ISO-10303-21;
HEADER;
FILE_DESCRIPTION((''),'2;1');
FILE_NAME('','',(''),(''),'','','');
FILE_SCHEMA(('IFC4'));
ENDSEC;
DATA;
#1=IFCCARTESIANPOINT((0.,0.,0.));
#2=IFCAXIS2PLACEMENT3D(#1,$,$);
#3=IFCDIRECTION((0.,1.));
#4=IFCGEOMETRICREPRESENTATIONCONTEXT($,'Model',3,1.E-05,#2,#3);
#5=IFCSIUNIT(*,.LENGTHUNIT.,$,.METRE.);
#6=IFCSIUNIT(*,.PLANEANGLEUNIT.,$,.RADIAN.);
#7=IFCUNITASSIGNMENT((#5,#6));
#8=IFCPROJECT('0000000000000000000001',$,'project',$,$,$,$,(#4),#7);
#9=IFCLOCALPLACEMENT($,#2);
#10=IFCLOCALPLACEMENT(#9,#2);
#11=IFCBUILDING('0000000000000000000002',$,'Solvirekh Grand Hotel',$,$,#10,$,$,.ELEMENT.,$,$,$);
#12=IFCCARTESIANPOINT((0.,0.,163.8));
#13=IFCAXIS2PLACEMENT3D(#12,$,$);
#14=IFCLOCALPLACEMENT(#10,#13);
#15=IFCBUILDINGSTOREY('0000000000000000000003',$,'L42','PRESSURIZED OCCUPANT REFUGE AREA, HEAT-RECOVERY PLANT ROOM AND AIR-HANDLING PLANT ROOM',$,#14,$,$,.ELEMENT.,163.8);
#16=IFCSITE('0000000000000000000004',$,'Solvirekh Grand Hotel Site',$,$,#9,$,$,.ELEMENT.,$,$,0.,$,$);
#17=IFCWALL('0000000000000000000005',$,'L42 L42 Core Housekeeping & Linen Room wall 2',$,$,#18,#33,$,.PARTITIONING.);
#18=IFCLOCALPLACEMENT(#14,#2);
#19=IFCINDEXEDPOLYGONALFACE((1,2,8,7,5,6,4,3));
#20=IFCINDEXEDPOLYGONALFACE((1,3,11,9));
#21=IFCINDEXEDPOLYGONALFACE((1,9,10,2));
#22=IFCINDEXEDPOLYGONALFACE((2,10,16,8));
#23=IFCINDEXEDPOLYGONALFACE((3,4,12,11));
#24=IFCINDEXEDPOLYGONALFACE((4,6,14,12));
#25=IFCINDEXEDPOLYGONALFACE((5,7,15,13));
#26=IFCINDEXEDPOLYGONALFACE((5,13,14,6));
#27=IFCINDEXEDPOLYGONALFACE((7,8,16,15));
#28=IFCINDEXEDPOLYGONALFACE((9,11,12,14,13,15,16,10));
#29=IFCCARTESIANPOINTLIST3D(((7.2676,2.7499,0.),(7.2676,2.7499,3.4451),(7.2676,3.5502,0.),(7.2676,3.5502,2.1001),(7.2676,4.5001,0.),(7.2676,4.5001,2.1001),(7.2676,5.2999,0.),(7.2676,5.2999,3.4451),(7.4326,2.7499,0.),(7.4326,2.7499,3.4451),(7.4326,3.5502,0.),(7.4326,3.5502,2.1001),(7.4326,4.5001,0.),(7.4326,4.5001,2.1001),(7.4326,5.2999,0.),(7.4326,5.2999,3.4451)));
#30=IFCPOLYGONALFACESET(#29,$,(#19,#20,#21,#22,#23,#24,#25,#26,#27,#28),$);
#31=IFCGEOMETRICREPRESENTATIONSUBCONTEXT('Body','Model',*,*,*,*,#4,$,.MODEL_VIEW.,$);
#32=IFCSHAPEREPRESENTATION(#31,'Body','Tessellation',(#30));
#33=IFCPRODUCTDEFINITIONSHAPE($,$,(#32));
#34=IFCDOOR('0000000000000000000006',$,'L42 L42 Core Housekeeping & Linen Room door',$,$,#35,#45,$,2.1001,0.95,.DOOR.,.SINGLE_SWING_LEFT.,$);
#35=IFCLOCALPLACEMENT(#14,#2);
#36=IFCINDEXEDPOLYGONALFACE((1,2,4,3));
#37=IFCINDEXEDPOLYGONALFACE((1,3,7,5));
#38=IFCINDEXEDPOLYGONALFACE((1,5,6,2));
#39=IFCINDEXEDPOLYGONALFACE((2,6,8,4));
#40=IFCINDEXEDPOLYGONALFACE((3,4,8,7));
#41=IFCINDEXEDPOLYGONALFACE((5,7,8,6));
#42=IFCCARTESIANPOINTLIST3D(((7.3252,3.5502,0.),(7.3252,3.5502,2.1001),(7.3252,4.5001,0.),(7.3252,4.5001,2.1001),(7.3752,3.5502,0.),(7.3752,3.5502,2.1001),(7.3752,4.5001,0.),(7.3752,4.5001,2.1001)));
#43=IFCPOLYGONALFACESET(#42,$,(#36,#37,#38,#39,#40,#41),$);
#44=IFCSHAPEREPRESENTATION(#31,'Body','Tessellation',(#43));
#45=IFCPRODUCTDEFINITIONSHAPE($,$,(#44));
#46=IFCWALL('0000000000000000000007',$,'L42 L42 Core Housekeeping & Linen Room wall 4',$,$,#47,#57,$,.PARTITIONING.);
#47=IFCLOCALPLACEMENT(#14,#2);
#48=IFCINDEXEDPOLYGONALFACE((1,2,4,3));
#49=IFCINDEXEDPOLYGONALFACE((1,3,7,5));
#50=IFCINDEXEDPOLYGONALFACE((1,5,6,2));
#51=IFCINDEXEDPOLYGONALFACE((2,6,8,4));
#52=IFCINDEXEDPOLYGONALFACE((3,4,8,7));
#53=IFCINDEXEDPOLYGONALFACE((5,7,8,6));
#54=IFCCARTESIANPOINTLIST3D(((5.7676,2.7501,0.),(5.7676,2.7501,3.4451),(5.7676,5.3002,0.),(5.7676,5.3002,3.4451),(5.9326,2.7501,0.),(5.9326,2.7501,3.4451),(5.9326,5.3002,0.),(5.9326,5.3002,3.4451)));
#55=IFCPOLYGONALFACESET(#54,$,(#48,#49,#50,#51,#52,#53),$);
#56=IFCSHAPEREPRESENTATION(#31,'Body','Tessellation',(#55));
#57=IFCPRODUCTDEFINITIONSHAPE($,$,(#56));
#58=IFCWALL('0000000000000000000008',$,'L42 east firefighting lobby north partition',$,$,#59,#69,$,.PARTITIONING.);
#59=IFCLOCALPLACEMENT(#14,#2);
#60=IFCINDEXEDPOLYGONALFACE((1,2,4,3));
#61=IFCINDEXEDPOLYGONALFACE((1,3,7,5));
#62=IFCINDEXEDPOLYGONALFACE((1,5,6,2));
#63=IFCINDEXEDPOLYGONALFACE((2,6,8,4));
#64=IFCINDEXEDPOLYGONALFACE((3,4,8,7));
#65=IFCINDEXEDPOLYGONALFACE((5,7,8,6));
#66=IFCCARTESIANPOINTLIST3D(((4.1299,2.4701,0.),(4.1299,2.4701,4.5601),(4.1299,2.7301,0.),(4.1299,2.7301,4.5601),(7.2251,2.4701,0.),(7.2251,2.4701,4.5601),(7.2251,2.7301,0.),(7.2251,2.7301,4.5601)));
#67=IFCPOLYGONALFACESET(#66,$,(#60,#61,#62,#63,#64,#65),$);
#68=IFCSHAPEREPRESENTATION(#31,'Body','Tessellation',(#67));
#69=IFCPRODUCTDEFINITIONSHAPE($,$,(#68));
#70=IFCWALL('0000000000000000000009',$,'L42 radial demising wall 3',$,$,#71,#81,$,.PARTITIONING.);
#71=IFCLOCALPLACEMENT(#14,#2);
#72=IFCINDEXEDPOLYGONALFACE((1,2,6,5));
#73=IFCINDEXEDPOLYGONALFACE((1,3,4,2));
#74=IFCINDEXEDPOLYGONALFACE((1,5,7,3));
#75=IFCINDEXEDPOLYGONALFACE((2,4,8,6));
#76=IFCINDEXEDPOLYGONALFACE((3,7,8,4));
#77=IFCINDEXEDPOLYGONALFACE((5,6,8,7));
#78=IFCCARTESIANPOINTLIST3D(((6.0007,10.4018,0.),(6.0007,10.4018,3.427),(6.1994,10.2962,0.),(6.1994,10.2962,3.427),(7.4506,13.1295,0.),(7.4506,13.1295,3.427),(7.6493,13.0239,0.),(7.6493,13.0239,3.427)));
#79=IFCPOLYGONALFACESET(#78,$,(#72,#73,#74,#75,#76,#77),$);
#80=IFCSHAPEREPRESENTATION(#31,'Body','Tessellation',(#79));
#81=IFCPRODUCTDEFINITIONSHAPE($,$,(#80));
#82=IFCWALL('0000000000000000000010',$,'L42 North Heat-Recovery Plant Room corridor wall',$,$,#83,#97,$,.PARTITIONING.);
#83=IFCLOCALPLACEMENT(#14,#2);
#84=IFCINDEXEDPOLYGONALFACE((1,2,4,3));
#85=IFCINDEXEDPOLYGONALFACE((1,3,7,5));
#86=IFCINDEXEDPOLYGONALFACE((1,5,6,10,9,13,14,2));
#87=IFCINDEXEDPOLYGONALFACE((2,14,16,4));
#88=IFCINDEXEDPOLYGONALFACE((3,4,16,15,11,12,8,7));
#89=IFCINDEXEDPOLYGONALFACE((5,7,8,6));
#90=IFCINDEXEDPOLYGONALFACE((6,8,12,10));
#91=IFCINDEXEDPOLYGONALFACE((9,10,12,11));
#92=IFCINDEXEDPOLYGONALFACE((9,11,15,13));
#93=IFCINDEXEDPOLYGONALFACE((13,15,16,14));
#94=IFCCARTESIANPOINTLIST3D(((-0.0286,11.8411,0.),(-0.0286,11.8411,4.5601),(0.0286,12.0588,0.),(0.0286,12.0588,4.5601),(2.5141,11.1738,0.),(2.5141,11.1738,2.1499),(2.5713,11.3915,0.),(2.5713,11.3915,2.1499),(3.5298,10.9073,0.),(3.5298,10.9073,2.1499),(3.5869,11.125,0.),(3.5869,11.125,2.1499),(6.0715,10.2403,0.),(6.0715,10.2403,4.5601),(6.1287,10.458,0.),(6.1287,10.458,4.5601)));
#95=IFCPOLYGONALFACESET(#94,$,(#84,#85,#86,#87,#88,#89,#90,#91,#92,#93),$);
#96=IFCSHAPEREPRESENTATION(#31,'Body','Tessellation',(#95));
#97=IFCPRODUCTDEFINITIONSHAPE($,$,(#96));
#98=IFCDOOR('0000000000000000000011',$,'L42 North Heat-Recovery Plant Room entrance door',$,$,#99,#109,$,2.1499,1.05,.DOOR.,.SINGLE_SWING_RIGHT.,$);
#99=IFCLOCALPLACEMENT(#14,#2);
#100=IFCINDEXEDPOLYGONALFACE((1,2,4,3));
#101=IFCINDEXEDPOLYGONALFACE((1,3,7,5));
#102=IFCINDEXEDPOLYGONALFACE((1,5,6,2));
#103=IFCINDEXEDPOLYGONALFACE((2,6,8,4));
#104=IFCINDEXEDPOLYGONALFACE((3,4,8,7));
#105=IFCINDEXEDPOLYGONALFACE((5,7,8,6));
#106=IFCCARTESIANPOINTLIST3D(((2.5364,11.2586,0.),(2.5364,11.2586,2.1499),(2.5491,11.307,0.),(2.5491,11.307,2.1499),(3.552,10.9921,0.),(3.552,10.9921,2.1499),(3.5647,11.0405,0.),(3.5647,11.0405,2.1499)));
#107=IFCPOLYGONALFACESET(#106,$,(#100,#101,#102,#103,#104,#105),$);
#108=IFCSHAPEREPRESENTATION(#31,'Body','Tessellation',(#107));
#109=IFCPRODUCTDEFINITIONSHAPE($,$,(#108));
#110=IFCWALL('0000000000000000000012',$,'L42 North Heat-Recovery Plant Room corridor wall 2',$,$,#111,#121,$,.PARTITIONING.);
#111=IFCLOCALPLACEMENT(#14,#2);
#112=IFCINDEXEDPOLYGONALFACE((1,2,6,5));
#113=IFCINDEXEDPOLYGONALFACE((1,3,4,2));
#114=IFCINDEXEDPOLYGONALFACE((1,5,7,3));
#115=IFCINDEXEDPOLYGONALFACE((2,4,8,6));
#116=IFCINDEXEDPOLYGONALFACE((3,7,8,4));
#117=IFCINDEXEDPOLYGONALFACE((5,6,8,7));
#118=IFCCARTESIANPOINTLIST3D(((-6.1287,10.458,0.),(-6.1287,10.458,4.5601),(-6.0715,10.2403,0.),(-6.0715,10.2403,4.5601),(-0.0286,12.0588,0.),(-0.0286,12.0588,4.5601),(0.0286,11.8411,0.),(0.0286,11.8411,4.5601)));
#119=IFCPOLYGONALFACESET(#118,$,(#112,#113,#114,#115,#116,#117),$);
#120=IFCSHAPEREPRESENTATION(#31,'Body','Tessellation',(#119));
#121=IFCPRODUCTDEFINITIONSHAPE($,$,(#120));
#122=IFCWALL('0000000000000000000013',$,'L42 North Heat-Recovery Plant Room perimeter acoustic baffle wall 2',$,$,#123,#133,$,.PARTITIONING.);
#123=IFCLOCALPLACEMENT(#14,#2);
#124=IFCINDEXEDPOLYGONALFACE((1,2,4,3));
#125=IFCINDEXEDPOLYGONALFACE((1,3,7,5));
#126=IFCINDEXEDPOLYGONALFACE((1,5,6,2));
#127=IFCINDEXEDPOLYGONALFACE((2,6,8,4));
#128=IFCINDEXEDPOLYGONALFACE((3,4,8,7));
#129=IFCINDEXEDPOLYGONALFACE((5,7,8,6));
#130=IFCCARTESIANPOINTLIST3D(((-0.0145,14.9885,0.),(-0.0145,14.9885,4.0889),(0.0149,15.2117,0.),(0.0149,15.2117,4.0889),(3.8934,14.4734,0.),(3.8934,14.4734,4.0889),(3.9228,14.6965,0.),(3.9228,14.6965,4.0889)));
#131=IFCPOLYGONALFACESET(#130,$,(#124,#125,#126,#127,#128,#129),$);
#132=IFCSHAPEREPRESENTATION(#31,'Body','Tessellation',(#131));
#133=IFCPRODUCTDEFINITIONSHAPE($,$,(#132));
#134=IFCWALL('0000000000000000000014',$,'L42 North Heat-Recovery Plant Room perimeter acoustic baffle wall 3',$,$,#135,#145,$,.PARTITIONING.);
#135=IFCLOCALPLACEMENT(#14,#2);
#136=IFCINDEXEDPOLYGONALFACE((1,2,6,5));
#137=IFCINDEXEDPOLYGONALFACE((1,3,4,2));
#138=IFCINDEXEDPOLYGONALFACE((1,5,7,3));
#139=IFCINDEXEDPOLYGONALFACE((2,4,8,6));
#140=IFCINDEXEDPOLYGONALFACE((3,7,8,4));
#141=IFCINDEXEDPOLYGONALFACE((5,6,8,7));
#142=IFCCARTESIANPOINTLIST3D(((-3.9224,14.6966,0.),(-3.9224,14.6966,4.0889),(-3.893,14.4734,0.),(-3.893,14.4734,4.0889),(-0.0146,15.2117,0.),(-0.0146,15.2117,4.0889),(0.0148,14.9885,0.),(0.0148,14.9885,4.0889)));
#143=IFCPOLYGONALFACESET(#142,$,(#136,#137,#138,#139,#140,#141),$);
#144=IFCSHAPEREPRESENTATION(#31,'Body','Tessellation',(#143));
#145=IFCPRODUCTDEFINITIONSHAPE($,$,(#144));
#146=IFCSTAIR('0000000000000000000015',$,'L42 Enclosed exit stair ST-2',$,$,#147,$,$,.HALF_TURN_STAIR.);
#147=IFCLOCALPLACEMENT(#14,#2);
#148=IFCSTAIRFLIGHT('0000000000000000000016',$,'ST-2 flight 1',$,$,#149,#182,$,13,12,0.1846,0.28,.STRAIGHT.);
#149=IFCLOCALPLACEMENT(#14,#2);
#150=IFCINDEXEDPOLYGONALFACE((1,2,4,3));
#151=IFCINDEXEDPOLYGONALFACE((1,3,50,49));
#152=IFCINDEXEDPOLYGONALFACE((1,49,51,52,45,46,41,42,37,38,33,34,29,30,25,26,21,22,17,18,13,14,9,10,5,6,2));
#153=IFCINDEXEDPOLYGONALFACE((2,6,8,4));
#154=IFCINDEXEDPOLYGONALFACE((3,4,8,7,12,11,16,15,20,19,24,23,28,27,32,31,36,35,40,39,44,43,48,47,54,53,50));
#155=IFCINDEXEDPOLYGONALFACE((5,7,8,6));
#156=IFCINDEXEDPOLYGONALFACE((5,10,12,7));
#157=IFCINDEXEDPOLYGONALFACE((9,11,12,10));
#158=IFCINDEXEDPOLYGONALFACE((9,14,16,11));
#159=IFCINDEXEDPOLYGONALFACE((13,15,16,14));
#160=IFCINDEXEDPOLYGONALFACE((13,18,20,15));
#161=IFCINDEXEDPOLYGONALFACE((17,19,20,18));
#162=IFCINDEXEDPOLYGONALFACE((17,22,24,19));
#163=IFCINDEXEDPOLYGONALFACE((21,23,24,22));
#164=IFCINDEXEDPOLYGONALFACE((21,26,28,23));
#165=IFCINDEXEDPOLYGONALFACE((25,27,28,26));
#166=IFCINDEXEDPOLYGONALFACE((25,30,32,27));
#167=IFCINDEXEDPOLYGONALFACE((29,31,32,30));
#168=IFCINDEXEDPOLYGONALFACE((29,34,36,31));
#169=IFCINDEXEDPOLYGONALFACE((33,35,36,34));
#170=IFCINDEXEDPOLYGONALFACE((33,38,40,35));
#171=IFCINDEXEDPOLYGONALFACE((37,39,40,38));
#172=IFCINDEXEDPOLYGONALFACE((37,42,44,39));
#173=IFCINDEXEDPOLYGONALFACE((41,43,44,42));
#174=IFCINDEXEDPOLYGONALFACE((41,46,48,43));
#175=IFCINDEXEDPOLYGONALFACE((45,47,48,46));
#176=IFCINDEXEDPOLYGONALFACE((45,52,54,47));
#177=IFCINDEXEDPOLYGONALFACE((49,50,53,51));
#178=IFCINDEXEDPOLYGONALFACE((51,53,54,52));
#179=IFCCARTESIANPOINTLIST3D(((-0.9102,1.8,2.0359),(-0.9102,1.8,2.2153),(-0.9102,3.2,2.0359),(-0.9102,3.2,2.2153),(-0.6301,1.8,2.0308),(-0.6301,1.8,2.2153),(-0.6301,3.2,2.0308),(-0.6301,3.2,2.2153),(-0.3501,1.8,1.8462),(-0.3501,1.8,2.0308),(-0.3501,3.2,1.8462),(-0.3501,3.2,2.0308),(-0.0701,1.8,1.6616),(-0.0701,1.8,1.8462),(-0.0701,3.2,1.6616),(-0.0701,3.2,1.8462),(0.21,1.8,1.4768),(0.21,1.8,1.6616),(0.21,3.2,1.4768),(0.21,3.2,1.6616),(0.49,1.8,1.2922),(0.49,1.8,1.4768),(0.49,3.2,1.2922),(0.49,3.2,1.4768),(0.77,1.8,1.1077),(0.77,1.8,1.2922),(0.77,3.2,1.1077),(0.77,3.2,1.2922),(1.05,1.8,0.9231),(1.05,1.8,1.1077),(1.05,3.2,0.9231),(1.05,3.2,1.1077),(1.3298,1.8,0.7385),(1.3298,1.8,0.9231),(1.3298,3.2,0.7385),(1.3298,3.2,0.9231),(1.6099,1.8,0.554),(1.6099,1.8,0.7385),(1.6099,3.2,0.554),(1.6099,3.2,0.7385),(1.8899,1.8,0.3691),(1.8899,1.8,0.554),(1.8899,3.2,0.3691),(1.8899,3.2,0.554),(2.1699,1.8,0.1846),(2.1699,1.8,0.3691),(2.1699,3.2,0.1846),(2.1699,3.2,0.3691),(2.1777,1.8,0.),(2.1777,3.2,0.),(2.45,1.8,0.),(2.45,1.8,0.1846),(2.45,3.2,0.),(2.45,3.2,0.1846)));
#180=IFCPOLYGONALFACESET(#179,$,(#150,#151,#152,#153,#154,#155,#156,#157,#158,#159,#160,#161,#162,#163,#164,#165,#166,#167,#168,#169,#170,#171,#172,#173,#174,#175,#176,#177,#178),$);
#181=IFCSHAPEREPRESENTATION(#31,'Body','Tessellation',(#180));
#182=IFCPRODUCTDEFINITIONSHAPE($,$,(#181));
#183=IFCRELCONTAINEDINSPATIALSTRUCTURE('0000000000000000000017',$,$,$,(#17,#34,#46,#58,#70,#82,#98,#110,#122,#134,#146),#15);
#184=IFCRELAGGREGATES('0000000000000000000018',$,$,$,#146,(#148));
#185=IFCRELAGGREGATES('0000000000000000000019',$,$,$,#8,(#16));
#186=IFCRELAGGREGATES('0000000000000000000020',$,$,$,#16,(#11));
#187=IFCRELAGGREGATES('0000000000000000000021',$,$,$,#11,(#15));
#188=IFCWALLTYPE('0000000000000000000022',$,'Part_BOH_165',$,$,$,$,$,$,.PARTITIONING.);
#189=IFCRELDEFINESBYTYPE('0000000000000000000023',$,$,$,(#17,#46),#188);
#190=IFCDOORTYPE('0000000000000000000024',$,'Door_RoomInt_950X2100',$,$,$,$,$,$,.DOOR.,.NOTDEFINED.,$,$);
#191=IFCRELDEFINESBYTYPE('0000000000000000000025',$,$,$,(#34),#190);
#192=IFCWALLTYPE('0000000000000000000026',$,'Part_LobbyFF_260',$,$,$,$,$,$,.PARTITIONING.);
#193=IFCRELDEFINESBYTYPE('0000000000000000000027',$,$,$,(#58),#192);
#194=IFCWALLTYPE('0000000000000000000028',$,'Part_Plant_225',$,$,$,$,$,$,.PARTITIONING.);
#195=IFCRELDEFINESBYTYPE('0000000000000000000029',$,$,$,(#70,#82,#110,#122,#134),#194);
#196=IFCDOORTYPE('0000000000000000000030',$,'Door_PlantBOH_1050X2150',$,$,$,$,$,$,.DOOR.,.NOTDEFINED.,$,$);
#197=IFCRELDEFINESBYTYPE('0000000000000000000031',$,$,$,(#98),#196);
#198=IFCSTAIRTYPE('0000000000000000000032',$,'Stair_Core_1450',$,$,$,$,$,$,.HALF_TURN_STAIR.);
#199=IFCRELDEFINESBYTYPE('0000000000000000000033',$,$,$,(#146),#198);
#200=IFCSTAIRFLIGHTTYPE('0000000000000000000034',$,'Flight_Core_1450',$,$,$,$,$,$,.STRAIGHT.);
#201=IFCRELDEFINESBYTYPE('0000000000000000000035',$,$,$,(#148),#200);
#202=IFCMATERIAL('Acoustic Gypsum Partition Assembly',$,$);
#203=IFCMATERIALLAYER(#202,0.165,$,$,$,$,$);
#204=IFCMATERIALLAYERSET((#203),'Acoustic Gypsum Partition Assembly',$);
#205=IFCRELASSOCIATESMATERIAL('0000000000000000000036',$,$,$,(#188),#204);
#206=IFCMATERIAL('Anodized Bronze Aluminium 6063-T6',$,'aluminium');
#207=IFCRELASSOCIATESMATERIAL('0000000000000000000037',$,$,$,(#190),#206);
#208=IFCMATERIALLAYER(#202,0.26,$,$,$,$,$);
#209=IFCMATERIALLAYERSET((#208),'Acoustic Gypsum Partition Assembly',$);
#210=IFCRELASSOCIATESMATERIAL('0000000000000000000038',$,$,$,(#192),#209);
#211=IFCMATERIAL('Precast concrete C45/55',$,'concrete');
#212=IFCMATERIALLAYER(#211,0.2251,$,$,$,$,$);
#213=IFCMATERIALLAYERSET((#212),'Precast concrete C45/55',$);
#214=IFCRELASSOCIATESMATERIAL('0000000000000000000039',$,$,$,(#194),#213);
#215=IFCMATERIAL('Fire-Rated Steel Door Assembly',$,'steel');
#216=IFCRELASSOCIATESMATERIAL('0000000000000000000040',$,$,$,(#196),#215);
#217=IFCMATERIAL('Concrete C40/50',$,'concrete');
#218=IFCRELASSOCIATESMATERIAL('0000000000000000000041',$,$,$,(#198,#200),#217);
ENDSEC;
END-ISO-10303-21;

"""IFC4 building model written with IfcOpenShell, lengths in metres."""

from ifc_helpers import new_model, si_unit, direction, frame, frame_2d, origin, place, context, subcontext, project, spatial, polyline, rectangle, outline, extrude, material, layer, layer_set, type_object, element, fill, aggregate, save


model = new_model("IFC4")

# Units and contexts
model_context = context("Model", 3, precision=1e-05, world=origin(), true_north=direction((0.0, 1.0)))
body_context = subcontext(model_context, "Body", "Model", "MODEL_VIEW")
ifc_project = project(units=[si_unit("LENGTHUNIT", "METRE"), si_unit("PLANEANGLEUNIT", "RADIAN")], contexts=[model_context])

# Site, building, storey
site_placement = place(None, origin())
site = spatial("IfcSite", under=ifc_project, at=site_placement, Name="Solvirekh Grand Hotel Site", CompositionType="ELEMENT", RefElevation=0.0)
building_placement = place(site_placement, origin())
building = spatial("IfcBuilding", under=site, at=building_placement, Name="Solvirekh Grand Hotel", CompositionType="ELEMENT")
storey_placement = place(building_placement, frame((0.0, 0.0, 163.8)))
storey = spatial("IfcBuildingStorey", under=building, at=storey_placement, Name="L42", Description="PRESSURIZED OCCUPANT REFUGE AREA, HEAT-RECOVERY PLANT ROOM AND AIR-HANDLING PLANT ROOM", CompositionType="ELEMENT", Elevation=163.8)

# Shared definitions
ifc_material_1 = material(Name="Concrete C40/50", Category="concrete")
ifc_material_2 = material(Name="Precast concrete C45/55", Category="concrete")

# Wall, opening, door
ifc_material_3 = material(Name="Acoustic Gypsum Partition Assembly")
ifc_layer_1 = layer(ifc_material_3, 0.165)
ifc_layer_set_1 = layer_set([ifc_layer_1], Name="Acoustic Gypsum Partition Assembly")
wall_type_1 = type_object("IfcWallType", Name="Part_BOH_165", PredefinedType="PARTITIONING", material=ifc_layer_set_1)
wall_1_placement = place(storey_placement, frame((7.3501, 2.75, 0.0), z_axis=(0.0, 0.0, 1.0), x_axis=(0.0, 1.0, 0.0)))
wall_1 = element("IfcWall", 1, at=wall_1_placement, inside=storey, type_object=wall_type_1, Name="L42 L42 Core Housekeeping & Linen Room wall 2", PredefinedType="PARTITIONING", context=body_context, shape_type="SweptSolid", body=[
    extrude(rectangle(XDim=2.55, YDim=0.165, at=frame_2d((1.2749, 0.0))), origin(), (0.0, 0.0, 1.0), 3.4451),
])
opening_1_placement = place(wall_1_placement, frame((0.8, 0.0, 0.0)))
opening_1 = element("IfcOpeningElement", 2, at=opening_1_placement, cuts=wall_1, PredefinedType="OPENING", context=body_context, shape_type="SweptSolid", body=[
    extrude(rectangle(XDim=0.95, YDim=2.1001, at=frame_2d((0.4751, 1.05))), frame((0.0, 0.0925, 0.0), z_axis=(0.0, -1.0, 0.0), x_axis=(1.0, 0.0, 0.0)), (0.0, 0.0, 1.0), 0.1851),
])
ifc_material_4 = material(Name="Anodized Bronze Aluminium 6063-T6", Category="aluminium")
door_type_1 = type_object("IfcDoorType", Name="Door_RoomInt_950X2100", OperationType="NOTDEFINED", PredefinedType="DOOR", material=ifc_material_4)
door_1_placement = place(opening_1_placement, origin())
door_1 = element("IfcDoor", 3, at=door_1_placement, inside=storey, type_object=door_type_1, Name="L42 L42 Core Housekeeping & Linen Room door", OperationType="SINGLE_SWING_LEFT", OverallHeight=2.1001, OverallWidth=0.95, PredefinedType="DOOR", context=body_context, shape_type="SweptSolid", body=[
    extrude(rectangle(XDim=0.95, YDim=2.1001, at=frame_2d((0.4751, 1.05))), frame((0.0, 0.0249, 0.0), z_axis=(0.0, -1.0, 0.0), x_axis=(1.0, 0.0, 0.0)), (0.0, 0.0, 1.0), 0.05),
])
fill(opening_1, door_1)

# Walls
wall_2_placement = place(storey_placement, frame((5.8501, 5.3, 0.0), z_axis=(0.0, 0.0, 1.0), x_axis=(0.0, -1.0, 0.0)))
element("IfcWall", 4, at=wall_2_placement, inside=storey, type_object=wall_type_1, Name="L42 L42 Core Housekeeping & Linen Room wall 4", PredefinedType="PARTITIONING", context=body_context, shape_type="SweptSolid", body=[
    extrude(rectangle(XDim=2.55, YDim=0.165, at=frame_2d((1.2749, 0.0))), origin(), (0.0, 0.0, 1.0), 3.4451),
])
ifc_layer_2 = layer(ifc_material_3, 0.26)
ifc_layer_set_2 = layer_set([ifc_layer_2], Name="Acoustic Gypsum Partition Assembly")
wall_type_2 = type_object("IfcWallType", Name="Part_LobbyFF_260", PredefinedType="PARTITIONING", material=ifc_layer_set_2)
wall_3_placement = place(storey_placement, frame((4.1299, 2.6001, 0.0), z_axis=(0.0, 0.0, 1.0), x_axis=(1.0, 0.0, 0.0)))
element("IfcWall", 5, at=wall_3_placement, inside=storey, type_object=wall_type_2, Name="L42 east firefighting lobby north partition", PredefinedType="PARTITIONING", context=body_context, shape_type="SweptSolid", body=[
    extrude(rectangle(XDim=3.0952, YDim=0.26, at=frame_2d((1.5476, 0.0))), origin(), (0.0, 0.0, 1.0), 4.5601),
])
ifc_layer_3 = layer(ifc_material_2, 0.2251)
ifc_layer_set_3 = layer_set([ifc_layer_3], Name="Precast concrete C45/55")
wall_type_3 = type_object("IfcWallType", Name="Part_Plant_225", PredefinedType="PARTITIONING", material=ifc_layer_set_3)
wall_4_placement = place(storey_placement, frame((6.1001, 10.3491, 0.0), z_axis=(0.0, 0.0, 1.0), x_axis=(0.469361, 0.883006, 0.0)))
element("IfcWall", 6, at=wall_4_placement, inside=storey, type_object=wall_type_3, Name="L42 radial demising wall 3", PredefinedType="PARTITIONING", context=body_context, shape_type="SweptSolid", body=[
    extrude(rectangle(XDim=3.0891, YDim=0.2251, at=frame_2d((1.5444, 0.0))), origin(), (0.0, 0.0, 1.0), 3.427),
])

# Wall, opening, door
wall_5_placement = place(storey_placement, frame((6.1001, 10.3491, 0.0), z_axis=(0.0, 0.0, 1.0), x_axis=(-0.967248, 0.253832, 0.0)))
wall_5 = element("IfcWall", 7, at=wall_5_placement, inside=storey, type_object=wall_type_3, Name="L42 North Heat-Recovery Plant Room corridor wall", PredefinedType="PARTITIONING", context=body_context, shape_type="SweptSolid", body=[
    extrude(rectangle(XDim=6.3066, YDim=0.2251, at=frame_2d((3.1533, 0.0))), origin(), (0.0, 0.0, 1.0), 4.5601),
])
opening_2_placement = place(wall_5_placement, frame((2.6279, 0.0, 0.0)))
opening_2 = element("IfcOpeningElement", 8, at=opening_2_placement, cuts=wall_5, PredefinedType="OPENING", context=body_context, shape_type="SweptSolid", body=[
    extrude(rectangle(XDim=1.05, YDim=2.1499, at=frame_2d((0.5249, 1.075))), frame((0.0, 0.1226, 0.0), z_axis=(0.0, -1.0, 0.0), x_axis=(1.0, 0.0, 0.0)), (0.0, 0.0, 1.0), 0.2451),
])
ifc_material_5 = material(Name="Fire-Rated Steel Door Assembly", Category="steel")
door_type_2 = type_object("IfcDoorType", Name="Door_PlantBOH_1050X2150", OperationType="NOTDEFINED", PredefinedType="DOOR", material=ifc_material_5)
door_2_placement = place(opening_2_placement, origin())
door_2 = element("IfcDoor", 9, at=door_2_placement, inside=storey, type_object=door_type_2, Name="L42 North Heat-Recovery Plant Room entrance door", OperationType="SINGLE_SWING_RIGHT", OverallHeight=2.1499, OverallWidth=1.05, PredefinedType="DOOR", context=body_context, shape_type="SweptSolid", body=[
    extrude(rectangle(XDim=1.05, YDim=2.1499, at=frame_2d((0.5249, 1.075))), frame((0.0, 0.0249, 0.0), z_axis=(0.0, -1.0, 0.0), x_axis=(1.0, 0.0, 0.0)), (0.0, 0.0, 1.0), 0.05),
])
fill(opening_2, door_2)

# Walls
wall_6_placement = place(storey_placement, frame((0.0, 11.95, 0.0), z_axis=(0.0, 0.0, 1.0), x_axis=(-0.967248, -0.253832, 0.0)))
element("IfcWall", 10, at=wall_6_placement, inside=storey, type_object=wall_type_3, Name="L42 North Heat-Recovery Plant Room corridor wall 2", PredefinedType="PARTITIONING", context=body_context, shape_type="SweptSolid", body=[
    extrude(rectangle(XDim=6.3066, YDim=0.2251, at=frame_2d((3.1533, 0.0))), origin(), (0.0, 0.0, 1.0), 4.5601),
])
for number, where, z_axis, x_axis, name in (
    (11, (3.908, 14.585, 0.0), (0.0, 0.0, 1.0), (-0.991424, 0.130687, 0.0), "L42 North Heat-Recovery Plant Room perimeter acoustic baffle wall 2"),
    (12, (0.0, 15.1001, 0.0), (0.0, 0.0, 1.0), (-0.991424, -0.130687, 0.0), "L42 North Heat-Recovery Plant Room perimeter acoustic baffle wall 3"),
):
    element("IfcWall", number, at=place(storey_placement, frame(where, z_axis=z_axis, x_axis=x_axis)), inside=storey, type_object=wall_type_3, Name=name, PredefinedType="PARTITIONING", context=body_context, shape_type="SweptSolid", body=[
        extrude(rectangle(XDim=3.9417, YDim=0.2251, at=frame_2d((1.9707, 0.0))), origin(), (0.0, 0.0, 1.0), 4.0889),
    ])

# Stair, stair flight
stair_type = type_object("IfcStairType", Name="Stair_Core_1450", PredefinedType="HALF_TURN_STAIR", material=ifc_material_1)
stair_placement = place(storey_placement, origin())
stair = element("IfcStair", 13, at=stair_placement, inside=storey, type_object=stair_type, Name="L42 Enclosed exit stair ST-2", PredefinedType="HALF_TURN_STAIR")
stair_flight_type = type_object("IfcStairFlightType", Name="Flight_Core_1450", PredefinedType="STRAIGHT", material=ifc_material_1)
stair_flight_placement = place(storey_placement, frame((2.45, 2.5, 0.0), z_axis=(0.0, 0.0, 1.0), x_axis=(-1.0, 0.0, 0.0)))
stair_flight = element("IfcStairFlight", 14, at=stair_flight_placement, type_object=stair_flight_type, Name="ST-2 flight 1", NumberOfRisers=13, NumberOfTreads=12, PredefinedType="STRAIGHT", RiserHeight=0.1846, TreadLength=0.28, context=body_context, shape_type="SweptSolid", body=[
    extrude(outline(polyline([(0.0, 0.0), (0.0, 0.1846), (0.28, 0.1846), (0.28, 0.3691), (0.5601, 0.3691), (0.5601, 0.554), (0.8401, 0.554), (0.8401, 0.7385), (1.1201, 0.7385), (1.1201, 0.9231), (1.3999, 0.9231), (1.3999, 1.1077), (1.6799, 1.1077), (1.6799, 1.2922), (1.96, 1.2922), (1.96, 1.4768), (2.24, 1.4768), (2.24, 1.6616), (2.52, 1.6616), (2.52, 1.8462), (2.8, 1.8462), (2.8, 2.0308), (3.0801, 2.0308), (3.0801, 2.2153), (3.3601, 2.2153), (3.3601, 2.3999), (3.3601, 2.0359), (0.2722, 0.0), (0.0, 0.0)])), frame((0.0, 0.7, 0.0), z_axis=(0.0, -1.0, 0.0), x_axis=(1.0, 0.0, 0.0)), (0.0, 0.0, 1.0), 1.3999),
])
aggregate(stair, [stair_flight])

save(model, "model.ifc")
